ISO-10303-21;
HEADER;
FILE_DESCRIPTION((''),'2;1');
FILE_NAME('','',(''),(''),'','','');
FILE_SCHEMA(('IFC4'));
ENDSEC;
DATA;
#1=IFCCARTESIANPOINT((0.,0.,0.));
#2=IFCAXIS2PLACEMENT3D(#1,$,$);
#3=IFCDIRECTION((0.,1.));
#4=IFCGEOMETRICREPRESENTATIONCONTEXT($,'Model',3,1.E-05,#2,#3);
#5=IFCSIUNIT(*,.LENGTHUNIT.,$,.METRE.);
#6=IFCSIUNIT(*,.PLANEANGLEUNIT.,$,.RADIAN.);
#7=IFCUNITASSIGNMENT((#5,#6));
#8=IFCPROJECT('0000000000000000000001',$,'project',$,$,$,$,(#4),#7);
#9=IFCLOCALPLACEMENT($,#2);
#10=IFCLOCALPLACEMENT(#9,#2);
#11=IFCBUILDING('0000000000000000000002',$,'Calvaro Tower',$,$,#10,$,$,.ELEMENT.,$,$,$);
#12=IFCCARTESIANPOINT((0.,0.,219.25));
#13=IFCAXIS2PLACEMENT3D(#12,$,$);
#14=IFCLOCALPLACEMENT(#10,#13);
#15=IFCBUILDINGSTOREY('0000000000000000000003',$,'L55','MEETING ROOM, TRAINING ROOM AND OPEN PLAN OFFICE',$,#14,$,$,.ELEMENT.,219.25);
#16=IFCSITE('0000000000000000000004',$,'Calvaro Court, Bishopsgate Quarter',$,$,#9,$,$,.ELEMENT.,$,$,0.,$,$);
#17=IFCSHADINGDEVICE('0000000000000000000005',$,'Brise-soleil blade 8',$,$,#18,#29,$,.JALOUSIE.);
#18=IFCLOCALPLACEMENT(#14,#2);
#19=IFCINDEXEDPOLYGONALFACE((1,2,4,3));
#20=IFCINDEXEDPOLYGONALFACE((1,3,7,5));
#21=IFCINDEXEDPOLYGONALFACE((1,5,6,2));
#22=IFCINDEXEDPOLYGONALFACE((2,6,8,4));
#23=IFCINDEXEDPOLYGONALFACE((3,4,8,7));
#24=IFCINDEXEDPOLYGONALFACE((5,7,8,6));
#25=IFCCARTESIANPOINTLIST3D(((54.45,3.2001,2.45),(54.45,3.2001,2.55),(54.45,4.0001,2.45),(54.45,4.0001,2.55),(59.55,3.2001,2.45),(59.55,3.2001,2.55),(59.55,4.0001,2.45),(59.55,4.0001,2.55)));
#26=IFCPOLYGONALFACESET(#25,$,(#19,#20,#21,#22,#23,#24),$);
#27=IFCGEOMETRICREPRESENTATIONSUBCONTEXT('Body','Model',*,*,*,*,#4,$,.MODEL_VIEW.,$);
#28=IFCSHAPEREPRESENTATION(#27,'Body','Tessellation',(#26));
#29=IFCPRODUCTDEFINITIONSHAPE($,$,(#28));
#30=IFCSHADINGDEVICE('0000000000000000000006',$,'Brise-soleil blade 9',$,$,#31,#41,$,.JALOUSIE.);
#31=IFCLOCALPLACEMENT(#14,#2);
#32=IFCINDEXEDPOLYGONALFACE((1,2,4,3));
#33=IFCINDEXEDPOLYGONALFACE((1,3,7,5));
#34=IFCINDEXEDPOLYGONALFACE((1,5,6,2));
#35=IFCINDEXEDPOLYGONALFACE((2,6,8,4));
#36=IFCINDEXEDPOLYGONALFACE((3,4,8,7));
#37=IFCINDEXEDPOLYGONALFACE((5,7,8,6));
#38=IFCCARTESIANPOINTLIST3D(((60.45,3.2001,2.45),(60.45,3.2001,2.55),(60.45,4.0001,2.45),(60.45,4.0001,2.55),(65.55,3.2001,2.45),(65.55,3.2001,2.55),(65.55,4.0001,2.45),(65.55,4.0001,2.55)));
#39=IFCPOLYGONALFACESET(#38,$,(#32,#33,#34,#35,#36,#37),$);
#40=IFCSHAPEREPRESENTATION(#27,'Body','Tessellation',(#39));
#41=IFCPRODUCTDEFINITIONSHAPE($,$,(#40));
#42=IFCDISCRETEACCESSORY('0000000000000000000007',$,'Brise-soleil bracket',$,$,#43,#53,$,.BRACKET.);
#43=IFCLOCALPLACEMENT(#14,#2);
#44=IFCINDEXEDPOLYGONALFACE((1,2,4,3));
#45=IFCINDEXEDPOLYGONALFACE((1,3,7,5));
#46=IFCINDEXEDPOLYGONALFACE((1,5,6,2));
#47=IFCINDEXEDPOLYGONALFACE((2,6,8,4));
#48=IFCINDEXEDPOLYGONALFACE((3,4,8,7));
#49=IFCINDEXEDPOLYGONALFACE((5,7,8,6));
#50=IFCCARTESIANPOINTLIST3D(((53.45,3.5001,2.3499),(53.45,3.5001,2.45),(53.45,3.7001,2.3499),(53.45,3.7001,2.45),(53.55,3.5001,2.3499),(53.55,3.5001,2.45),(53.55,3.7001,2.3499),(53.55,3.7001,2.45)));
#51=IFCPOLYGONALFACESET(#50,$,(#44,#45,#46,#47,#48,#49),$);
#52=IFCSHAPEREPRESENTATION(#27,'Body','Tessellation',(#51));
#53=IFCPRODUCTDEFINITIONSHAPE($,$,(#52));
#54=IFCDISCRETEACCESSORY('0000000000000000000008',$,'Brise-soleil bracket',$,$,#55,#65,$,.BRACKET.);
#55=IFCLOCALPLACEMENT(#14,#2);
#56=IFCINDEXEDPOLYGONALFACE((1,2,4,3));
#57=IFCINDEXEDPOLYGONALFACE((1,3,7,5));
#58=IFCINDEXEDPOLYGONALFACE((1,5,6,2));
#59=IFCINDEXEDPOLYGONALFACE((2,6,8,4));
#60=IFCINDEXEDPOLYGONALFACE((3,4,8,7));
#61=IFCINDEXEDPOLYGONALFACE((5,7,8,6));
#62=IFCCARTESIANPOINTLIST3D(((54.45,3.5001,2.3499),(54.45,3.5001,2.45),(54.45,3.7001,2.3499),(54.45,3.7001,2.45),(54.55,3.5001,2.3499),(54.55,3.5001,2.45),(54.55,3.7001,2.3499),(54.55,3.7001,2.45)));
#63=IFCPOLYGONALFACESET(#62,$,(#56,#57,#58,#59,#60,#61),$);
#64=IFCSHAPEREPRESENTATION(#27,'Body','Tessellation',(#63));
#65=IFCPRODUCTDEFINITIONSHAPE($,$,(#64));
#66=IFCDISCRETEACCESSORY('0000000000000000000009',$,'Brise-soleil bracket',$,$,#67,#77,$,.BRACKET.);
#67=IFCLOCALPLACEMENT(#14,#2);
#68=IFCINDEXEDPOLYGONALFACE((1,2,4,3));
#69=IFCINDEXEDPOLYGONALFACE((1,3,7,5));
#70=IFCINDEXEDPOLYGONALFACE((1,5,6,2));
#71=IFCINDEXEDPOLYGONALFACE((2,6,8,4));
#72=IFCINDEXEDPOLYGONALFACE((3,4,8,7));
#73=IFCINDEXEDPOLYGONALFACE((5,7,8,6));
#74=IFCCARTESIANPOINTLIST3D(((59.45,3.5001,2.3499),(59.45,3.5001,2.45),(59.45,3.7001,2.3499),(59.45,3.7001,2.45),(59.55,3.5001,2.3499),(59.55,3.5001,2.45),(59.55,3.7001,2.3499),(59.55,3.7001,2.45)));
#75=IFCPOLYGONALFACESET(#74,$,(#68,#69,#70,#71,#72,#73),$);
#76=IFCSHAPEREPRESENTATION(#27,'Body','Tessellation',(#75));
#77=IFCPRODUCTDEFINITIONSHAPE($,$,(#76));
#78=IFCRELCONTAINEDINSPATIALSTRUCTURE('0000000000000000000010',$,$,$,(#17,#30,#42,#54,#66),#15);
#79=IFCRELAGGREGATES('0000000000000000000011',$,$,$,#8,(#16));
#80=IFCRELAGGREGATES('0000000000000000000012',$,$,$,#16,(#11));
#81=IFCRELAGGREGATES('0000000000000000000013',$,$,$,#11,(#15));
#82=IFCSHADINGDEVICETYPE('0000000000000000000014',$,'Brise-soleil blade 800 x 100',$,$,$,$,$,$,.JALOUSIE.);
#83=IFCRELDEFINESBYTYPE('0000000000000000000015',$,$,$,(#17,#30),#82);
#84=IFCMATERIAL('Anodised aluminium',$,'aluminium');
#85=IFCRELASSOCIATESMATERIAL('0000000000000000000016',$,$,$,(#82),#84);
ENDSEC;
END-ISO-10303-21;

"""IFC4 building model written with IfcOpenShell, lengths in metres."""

from ifc_helpers import new_model, si_unit, direction, frame, origin, origin_2d, place, context, subcontext, project, spatial, rectangle, extrude, material, material_profile, profile_set, type_object, element, save


model = new_model("IFC4")

# Units and contexts
model_context = context("Model", 3, precision=1e-05, world=origin(), true_north=direction((0.0, 1.0)))
body_context = subcontext(model_context, "Body", "Model", "MODEL_VIEW")
ifc_project = project(units=[si_unit("LENGTHUNIT", "METRE"), si_unit("PLANEANGLEUNIT", "RADIAN")], contexts=[model_context])

# Site, building, storey
site_placement = place(None, origin())
site = spatial("IfcSite", under=ifc_project, at=site_placement, Name="Calvaro Court, Bishopsgate Quarter", CompositionType="ELEMENT", RefElevation=0.0)
building_placement = place(site_placement, origin())
building = spatial("IfcBuilding", under=site, at=building_placement, Name="Calvaro Tower", CompositionType="ELEMENT")
storey_placement = place(building_placement, frame((0.0, 0.0, 219.25)))
storey = spatial("IfcBuildingStorey", under=building, at=storey_placement, Name="L55", Description="MEETING ROOM, TRAINING ROOM AND OPEN PLAN OFFICE", CompositionType="ELEMENT", Elevation=219.25)

# Shading devices
ifc_material_1 = material(Name="Anodised aluminium", Category="aluminium")
ifc_material_profile_1 = material_profile(ifc_material_1, rectangle(XDim=0.8, YDim=0.1001, at=origin_2d()), Name="Brise-soleil blade 800 x 100")
ifc_profile_set_1 = profile_set([ifc_material_profile_1], Name="Anodised aluminium")
shading_device_type = type_object("IfcShadingDeviceType", Name="Brise-soleil blade 800 x 100", PredefinedType="JALOUSIE", material=ifc_profile_set_1)
for number, where, z_axis, x_axis, name in (
    (1, (54.45, 3.6001, 2.5), (1.0, 0.0, 0.0), (0.0, 1.0, 0.0), "Brise-soleil blade 8"),
    (2, (60.45, 3.6001, 2.5), (1.0, 0.0, 0.0), (0.0, 1.0, 0.0), "Brise-soleil blade 9"),
):
    element("IfcShadingDevice", number, at=place(storey_placement, frame(where, z_axis=z_axis, x_axis=x_axis)), inside=storey, type_object=shading_device_type, Name=name, PredefinedType="JALOUSIE", context=body_context, shape_type="SweptSolid", body=[
        extrude(rectangle(XDim=0.8, YDim=0.1001, at=origin_2d()), origin(), (0.0, 0.0, 1.0), 5.1001),
    ])

# Discrete accessories
for number, where, z_axis, x_axis, name in (
    (3, (53.5, 3.6001, 2.3499), (0.0, 0.0, 1.0), (1.0, 0.0, 0.0), "Brise-soleil bracket"),
    (4, (54.5, 3.6001, 2.3499), (0.0, 0.0, 1.0), (1.0, 0.0, 0.0), "Brise-soleil bracket"),
    (5, (59.5, 3.6001, 2.3499), (0.0, 0.0, 1.0), (1.0, 0.0, 0.0), "Brise-soleil bracket"),
):
    element("IfcDiscreteAccessory", number, at=place(storey_placement, frame(where, z_axis=z_axis, x_axis=x_axis)), inside=storey, Name=name, PredefinedType="BRACKET", context=body_context, shape_type="SweptSolid", body=[
        extrude(rectangle(XDim=0.1001, YDim=0.2, at=origin_2d()), origin(), (0.0, 0.0, 1.0), 0.1001),
    ])

save(model, "model.ifc")
